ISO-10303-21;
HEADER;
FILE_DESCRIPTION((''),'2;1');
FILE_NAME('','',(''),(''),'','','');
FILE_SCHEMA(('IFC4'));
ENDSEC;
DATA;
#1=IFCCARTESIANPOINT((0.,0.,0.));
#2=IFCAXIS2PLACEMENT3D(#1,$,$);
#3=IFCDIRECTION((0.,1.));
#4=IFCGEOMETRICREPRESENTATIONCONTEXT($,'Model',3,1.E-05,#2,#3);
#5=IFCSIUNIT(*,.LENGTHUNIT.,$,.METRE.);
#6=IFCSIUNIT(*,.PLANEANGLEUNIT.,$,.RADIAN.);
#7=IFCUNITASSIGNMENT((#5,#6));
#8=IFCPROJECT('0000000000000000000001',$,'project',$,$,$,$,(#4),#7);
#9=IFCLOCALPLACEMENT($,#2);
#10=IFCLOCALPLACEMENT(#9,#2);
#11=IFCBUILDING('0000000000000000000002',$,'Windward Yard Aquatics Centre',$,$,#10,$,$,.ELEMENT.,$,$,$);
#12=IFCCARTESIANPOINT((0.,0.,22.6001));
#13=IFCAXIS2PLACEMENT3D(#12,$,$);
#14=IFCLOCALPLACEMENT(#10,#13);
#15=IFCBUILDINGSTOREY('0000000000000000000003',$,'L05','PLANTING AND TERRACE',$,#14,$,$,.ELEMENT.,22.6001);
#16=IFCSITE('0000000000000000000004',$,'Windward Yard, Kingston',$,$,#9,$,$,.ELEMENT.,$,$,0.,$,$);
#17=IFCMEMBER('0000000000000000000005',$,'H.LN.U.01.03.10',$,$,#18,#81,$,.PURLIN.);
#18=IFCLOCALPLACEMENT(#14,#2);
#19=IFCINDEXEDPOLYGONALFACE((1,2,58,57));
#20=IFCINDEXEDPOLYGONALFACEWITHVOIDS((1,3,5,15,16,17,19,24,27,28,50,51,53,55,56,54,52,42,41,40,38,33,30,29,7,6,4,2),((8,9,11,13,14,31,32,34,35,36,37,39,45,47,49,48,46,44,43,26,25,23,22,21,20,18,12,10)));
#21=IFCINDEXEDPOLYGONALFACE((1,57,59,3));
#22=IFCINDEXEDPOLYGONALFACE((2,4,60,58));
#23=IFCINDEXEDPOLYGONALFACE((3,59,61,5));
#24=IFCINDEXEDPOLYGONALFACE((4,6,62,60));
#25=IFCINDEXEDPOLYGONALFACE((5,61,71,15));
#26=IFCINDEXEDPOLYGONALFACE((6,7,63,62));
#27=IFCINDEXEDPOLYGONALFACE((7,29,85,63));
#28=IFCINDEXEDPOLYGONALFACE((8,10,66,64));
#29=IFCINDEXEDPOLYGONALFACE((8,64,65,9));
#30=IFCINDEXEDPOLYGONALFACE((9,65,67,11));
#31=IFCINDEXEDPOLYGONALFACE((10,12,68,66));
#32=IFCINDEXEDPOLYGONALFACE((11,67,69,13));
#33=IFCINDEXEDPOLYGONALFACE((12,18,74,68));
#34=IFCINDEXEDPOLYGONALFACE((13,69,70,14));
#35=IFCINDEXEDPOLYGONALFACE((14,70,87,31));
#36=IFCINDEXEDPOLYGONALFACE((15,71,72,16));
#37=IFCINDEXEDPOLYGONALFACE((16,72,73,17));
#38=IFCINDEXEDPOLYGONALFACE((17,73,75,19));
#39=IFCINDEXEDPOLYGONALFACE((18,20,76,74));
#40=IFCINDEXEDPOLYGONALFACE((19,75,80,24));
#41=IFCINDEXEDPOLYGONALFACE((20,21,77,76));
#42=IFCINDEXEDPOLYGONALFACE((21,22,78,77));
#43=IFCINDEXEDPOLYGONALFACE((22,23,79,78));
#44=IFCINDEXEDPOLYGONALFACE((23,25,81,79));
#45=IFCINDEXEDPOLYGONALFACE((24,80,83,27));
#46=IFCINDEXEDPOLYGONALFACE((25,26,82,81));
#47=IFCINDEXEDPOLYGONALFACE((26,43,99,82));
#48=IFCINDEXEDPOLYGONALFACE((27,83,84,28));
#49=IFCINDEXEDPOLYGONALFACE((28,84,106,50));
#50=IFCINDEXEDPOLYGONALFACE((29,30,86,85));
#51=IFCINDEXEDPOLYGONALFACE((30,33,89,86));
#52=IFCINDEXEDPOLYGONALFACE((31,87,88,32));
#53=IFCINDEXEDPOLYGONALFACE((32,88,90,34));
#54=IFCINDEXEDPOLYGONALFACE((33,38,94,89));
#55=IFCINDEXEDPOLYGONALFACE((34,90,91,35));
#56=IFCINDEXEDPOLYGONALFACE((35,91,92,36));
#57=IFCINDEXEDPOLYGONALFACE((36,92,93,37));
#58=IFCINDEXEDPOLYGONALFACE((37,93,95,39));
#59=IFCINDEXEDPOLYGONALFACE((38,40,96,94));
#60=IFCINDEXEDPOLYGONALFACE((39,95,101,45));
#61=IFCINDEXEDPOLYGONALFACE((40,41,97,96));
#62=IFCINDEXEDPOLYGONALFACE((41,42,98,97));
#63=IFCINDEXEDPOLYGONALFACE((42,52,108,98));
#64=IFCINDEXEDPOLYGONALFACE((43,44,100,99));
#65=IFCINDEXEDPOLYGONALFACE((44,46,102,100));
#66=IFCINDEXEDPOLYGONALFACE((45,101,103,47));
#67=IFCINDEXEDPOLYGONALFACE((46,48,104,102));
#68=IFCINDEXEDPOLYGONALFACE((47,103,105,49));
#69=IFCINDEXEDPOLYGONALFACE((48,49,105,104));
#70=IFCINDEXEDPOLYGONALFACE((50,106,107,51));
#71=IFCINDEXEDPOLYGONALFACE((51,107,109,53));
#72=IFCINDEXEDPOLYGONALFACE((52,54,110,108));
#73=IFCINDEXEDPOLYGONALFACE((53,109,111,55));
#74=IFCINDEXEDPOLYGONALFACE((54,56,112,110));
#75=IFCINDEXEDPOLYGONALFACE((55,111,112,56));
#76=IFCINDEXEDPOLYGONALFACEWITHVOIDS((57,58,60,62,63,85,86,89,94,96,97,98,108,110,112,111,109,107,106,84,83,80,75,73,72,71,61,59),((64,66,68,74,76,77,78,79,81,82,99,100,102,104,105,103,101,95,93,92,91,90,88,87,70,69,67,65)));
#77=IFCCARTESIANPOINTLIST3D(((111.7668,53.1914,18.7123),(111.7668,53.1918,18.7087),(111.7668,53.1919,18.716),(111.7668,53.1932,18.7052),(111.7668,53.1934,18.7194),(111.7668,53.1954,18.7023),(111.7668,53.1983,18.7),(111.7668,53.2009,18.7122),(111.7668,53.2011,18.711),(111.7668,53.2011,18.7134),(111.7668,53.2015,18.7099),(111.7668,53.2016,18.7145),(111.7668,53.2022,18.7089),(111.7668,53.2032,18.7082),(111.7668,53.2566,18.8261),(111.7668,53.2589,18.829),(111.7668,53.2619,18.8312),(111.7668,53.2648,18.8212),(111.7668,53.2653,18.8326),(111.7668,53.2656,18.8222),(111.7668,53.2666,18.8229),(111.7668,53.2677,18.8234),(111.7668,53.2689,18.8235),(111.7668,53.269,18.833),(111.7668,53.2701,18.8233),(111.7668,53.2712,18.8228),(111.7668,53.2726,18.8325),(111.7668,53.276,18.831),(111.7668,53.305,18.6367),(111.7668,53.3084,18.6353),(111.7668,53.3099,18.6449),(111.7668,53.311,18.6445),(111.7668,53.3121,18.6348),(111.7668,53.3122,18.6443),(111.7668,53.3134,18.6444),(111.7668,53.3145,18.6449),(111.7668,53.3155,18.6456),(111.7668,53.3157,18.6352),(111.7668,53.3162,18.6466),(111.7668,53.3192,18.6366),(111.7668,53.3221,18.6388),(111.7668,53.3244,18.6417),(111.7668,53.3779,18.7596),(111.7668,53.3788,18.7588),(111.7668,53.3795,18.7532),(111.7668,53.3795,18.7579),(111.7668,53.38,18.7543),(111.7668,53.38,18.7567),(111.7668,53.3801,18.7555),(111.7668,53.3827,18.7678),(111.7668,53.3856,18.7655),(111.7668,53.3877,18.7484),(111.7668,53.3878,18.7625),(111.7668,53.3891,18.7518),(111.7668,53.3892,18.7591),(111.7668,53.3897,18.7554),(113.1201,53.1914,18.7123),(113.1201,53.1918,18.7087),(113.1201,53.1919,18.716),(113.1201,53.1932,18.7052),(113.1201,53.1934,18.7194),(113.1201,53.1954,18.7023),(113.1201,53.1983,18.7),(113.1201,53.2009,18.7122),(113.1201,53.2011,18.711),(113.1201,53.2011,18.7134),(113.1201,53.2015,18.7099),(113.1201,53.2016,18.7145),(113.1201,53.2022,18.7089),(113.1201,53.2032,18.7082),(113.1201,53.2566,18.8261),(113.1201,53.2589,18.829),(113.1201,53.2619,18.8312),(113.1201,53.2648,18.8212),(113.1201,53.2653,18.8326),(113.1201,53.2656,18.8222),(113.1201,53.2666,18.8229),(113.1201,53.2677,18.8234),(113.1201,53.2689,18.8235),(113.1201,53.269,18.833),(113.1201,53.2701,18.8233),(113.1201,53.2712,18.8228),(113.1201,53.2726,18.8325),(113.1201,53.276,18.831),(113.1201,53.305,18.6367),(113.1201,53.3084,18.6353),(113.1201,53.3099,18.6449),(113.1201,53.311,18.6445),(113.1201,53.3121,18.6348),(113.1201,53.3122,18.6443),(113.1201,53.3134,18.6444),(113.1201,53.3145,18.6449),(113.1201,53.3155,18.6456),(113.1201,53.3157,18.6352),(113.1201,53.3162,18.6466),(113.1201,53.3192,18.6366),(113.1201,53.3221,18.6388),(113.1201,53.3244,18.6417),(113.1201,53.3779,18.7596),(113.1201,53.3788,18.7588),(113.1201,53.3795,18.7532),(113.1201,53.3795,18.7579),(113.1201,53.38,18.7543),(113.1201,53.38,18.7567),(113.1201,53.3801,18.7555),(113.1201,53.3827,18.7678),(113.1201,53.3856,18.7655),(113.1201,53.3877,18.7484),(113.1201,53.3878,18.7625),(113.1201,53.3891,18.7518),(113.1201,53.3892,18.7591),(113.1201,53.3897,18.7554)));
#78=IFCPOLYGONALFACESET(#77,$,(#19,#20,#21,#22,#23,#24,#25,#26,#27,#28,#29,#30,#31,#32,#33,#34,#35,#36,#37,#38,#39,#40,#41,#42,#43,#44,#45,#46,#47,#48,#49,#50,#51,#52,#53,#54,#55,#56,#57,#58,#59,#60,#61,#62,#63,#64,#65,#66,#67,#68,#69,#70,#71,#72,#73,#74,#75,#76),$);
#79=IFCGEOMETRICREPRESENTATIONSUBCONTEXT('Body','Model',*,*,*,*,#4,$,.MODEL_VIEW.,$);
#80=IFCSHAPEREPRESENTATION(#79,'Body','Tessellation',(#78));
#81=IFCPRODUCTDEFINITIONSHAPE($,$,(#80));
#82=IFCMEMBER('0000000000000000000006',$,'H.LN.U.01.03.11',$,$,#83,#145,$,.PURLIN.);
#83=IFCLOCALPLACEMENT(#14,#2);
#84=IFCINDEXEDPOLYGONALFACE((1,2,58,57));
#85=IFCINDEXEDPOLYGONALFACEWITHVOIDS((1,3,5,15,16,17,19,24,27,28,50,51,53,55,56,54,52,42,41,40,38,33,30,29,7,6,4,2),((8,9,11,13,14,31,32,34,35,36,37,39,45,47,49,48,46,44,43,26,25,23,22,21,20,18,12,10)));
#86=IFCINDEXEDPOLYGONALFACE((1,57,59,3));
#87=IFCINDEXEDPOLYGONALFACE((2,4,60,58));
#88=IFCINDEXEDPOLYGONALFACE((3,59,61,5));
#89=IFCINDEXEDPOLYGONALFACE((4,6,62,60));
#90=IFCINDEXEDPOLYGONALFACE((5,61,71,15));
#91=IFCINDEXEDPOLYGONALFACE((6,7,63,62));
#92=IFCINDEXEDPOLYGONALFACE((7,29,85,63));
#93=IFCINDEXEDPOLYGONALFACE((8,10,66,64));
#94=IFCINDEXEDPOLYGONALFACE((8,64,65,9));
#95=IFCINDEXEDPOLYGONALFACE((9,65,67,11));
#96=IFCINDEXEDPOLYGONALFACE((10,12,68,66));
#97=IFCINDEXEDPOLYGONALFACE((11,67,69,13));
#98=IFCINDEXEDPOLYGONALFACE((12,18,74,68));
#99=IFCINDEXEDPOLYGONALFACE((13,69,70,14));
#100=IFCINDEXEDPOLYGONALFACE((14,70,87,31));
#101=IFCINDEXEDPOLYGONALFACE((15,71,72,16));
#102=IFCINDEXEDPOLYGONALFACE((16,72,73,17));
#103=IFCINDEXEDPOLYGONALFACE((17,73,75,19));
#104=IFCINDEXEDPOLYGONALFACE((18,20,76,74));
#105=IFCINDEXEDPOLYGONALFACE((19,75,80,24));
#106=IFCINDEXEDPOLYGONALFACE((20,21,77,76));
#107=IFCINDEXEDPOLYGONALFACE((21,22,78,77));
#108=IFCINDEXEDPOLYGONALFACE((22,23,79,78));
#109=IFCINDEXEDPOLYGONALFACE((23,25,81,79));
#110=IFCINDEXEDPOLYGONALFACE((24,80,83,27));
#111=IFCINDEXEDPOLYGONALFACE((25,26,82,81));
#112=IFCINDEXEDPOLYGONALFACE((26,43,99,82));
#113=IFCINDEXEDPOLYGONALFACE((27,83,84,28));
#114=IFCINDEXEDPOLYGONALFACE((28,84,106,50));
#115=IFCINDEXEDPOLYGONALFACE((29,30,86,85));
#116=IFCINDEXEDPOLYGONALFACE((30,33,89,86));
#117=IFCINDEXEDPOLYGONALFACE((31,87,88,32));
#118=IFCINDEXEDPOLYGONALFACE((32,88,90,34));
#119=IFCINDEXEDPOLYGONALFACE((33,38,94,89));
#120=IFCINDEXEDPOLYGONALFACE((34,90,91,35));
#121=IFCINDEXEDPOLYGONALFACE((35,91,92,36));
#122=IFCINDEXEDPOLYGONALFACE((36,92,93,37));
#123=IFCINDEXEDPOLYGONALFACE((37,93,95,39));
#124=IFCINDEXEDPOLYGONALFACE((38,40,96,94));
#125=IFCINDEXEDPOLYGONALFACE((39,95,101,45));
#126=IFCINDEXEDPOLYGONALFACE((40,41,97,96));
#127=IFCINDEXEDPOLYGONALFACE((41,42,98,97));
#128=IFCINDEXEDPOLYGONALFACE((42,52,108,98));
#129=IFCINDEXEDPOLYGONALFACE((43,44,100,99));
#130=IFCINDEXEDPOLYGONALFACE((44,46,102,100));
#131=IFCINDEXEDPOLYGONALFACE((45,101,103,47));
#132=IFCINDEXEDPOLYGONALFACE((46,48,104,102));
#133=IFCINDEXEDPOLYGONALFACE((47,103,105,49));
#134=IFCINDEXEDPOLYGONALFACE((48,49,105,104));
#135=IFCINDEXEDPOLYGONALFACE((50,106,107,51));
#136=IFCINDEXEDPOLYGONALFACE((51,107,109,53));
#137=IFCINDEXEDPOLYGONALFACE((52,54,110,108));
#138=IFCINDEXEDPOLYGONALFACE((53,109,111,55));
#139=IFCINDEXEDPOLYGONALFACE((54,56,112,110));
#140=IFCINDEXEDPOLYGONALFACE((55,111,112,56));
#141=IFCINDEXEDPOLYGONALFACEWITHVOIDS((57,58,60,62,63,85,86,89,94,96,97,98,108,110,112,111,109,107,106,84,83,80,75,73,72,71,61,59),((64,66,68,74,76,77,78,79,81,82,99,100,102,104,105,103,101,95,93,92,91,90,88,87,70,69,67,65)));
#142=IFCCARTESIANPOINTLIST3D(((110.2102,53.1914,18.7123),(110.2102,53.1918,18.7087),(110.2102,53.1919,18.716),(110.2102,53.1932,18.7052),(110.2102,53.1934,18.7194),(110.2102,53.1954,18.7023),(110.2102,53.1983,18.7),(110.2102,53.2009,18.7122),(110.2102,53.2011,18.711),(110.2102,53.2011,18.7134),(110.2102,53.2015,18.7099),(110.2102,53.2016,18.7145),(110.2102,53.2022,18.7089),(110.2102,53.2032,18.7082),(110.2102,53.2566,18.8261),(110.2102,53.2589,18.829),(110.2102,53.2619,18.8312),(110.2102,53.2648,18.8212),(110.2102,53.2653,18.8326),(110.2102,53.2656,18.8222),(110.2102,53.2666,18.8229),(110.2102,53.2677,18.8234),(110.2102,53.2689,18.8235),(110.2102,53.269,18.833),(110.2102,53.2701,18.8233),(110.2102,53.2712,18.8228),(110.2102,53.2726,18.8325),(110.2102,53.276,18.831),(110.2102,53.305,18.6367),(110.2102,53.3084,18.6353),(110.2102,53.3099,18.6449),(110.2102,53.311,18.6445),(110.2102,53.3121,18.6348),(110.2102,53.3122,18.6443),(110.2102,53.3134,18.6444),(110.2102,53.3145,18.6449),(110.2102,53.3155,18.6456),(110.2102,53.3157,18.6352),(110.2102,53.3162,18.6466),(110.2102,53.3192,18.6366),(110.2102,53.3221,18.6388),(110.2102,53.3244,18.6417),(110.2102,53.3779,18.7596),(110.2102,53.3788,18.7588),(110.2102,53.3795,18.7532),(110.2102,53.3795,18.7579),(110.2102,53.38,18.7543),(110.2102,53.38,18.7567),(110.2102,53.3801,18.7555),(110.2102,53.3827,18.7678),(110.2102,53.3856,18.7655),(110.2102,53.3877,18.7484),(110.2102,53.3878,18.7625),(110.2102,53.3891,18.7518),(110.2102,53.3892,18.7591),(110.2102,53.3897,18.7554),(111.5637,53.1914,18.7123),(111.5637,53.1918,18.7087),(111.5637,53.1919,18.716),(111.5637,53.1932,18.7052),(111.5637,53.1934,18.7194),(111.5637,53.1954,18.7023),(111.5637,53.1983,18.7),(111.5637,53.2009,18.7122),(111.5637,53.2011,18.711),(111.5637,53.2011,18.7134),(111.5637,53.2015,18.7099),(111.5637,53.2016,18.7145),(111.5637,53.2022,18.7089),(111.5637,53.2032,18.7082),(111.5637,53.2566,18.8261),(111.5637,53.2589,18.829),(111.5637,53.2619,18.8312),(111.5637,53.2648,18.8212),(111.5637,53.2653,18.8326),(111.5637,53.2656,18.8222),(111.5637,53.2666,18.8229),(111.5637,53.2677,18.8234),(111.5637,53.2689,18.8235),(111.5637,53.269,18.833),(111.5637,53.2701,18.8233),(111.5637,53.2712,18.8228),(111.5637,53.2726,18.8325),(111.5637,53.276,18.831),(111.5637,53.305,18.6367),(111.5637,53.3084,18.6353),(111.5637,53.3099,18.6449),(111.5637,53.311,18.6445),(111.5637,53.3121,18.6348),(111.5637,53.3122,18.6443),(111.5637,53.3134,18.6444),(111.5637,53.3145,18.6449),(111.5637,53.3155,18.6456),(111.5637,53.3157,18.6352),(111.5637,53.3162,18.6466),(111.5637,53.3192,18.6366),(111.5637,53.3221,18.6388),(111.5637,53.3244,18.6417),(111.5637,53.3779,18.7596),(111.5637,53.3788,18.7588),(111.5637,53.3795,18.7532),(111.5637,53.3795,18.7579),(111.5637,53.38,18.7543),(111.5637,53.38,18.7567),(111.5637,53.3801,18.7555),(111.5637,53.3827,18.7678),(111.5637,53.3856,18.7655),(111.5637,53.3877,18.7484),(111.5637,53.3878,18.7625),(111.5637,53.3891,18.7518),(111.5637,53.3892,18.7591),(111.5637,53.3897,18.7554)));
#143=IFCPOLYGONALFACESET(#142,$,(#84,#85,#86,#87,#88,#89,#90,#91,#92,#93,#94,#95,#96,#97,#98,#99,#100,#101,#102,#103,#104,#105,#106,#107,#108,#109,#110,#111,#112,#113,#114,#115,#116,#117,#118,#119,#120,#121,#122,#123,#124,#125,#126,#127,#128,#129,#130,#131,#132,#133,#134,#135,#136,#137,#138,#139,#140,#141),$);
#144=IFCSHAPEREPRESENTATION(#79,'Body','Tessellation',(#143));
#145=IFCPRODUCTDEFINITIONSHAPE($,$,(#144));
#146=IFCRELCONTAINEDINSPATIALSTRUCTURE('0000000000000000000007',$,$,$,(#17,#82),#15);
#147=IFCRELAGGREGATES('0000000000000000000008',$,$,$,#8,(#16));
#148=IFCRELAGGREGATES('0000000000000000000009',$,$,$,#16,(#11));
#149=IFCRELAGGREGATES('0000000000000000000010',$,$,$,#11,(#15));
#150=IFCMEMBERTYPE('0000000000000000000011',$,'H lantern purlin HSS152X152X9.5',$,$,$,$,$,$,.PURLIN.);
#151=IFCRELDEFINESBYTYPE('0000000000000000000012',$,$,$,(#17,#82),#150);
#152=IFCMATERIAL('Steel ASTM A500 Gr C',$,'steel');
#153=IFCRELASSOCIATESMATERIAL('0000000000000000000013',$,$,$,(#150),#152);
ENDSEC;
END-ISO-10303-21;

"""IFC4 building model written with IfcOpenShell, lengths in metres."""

from ifc_helpers import new_model, si_unit, direction, frame, origin, origin_2d, place, context, subcontext, project, spatial, hollow_rectangle, extrude, material, material_profile, profile_set, type_object, element, save


model = new_model("IFC4")

# Units and contexts
model_context = context("Model", 3, precision=1e-05, world=origin(), true_north=direction((0.0, 1.0)))
body_context = subcontext(model_context, "Body", "Model", "MODEL_VIEW")
ifc_project = project(units=[si_unit("LENGTHUNIT", "METRE"), si_unit("PLANEANGLEUNIT", "RADIAN")], contexts=[model_context])

# Site, building, storey
site_placement = place(None, origin())
site = spatial("IfcSite", under=ifc_project, at=site_placement, Name="Windward Yard, Kingston", CompositionType="ELEMENT", RefElevation=0.0)
building_placement = place(site_placement, origin())
building = spatial("IfcBuilding", under=site, at=building_placement, Name="Windward Yard Aquatics Centre", CompositionType="ELEMENT")
storey_placement = place(building_placement, frame((0.0, 0.0, 22.6001)))
storey = spatial("IfcBuildingStorey", under=building, at=storey_placement, Name="L05", Description="PLANTING AND TERRACE", CompositionType="ELEMENT", Elevation=22.6001)

# Members
ifc_material_1 = material(Name="Steel ASTM A500 Gr C", Category="steel")
ifc_material_profile = material_profile(ifc_material_1, hollow_rectangle(XDim=0.1523, YDim=0.1523, WallThickness=0.0095, InnerFilletRadius=0.0046, OuterFilletRadius=0.0142, at=origin_2d()), Name="HSS152X152X9.5")
ifc_profile_set = profile_set([ifc_material_profile], Name="Steel ASTM A500 Gr C")
member_type = type_object("IfcMemberType", Name="H lantern purlin HSS152X152X9.5", PredefinedType="PURLIN", material=ifc_profile_set)
member_1_placement = place(storey_placement, frame((113.1201, 53.2905, 18.7339), z_axis=(-1.0, 0.0, 0.0), x_axis=(0.0, -0.51012, -0.860103)))
element("IfcMember", 1, at=member_1_placement, inside=storey, type_object=member_type, Name="H.LN.U.01.03.10", PredefinedType="PURLIN", context=body_context, shape_type="SweptSolid", body=[
    extrude(hollow_rectangle(XDim=0.1523, YDim=0.1523, WallThickness=0.0095, InnerFilletRadius=0.0046, OuterFilletRadius=0.0142, at=origin_2d()), origin(), (0.0, 0.0, 1.0), 1.3533),
])
member_2_placement = place(storey_placement, frame((111.5637, 53.2905, 18.7339), z_axis=(-1.0, 0.0, 0.0), x_axis=(0.0, -0.51012, -0.860103)))
element("IfcMember", 2, at=member_2_placement, inside=storey, type_object=member_type, Name="H.LN.U.01.03.11", PredefinedType="PURLIN", context=body_context, shape_type="SweptSolid", body=[
    extrude(hollow_rectangle(XDim=0.1523, YDim=0.1523, WallThickness=0.0095, InnerFilletRadius=0.0046, OuterFilletRadius=0.0142, at=origin_2d()), origin(), (0.0, 0.0, 1.0), 1.3535),
])

save(model, "model.ifc")
